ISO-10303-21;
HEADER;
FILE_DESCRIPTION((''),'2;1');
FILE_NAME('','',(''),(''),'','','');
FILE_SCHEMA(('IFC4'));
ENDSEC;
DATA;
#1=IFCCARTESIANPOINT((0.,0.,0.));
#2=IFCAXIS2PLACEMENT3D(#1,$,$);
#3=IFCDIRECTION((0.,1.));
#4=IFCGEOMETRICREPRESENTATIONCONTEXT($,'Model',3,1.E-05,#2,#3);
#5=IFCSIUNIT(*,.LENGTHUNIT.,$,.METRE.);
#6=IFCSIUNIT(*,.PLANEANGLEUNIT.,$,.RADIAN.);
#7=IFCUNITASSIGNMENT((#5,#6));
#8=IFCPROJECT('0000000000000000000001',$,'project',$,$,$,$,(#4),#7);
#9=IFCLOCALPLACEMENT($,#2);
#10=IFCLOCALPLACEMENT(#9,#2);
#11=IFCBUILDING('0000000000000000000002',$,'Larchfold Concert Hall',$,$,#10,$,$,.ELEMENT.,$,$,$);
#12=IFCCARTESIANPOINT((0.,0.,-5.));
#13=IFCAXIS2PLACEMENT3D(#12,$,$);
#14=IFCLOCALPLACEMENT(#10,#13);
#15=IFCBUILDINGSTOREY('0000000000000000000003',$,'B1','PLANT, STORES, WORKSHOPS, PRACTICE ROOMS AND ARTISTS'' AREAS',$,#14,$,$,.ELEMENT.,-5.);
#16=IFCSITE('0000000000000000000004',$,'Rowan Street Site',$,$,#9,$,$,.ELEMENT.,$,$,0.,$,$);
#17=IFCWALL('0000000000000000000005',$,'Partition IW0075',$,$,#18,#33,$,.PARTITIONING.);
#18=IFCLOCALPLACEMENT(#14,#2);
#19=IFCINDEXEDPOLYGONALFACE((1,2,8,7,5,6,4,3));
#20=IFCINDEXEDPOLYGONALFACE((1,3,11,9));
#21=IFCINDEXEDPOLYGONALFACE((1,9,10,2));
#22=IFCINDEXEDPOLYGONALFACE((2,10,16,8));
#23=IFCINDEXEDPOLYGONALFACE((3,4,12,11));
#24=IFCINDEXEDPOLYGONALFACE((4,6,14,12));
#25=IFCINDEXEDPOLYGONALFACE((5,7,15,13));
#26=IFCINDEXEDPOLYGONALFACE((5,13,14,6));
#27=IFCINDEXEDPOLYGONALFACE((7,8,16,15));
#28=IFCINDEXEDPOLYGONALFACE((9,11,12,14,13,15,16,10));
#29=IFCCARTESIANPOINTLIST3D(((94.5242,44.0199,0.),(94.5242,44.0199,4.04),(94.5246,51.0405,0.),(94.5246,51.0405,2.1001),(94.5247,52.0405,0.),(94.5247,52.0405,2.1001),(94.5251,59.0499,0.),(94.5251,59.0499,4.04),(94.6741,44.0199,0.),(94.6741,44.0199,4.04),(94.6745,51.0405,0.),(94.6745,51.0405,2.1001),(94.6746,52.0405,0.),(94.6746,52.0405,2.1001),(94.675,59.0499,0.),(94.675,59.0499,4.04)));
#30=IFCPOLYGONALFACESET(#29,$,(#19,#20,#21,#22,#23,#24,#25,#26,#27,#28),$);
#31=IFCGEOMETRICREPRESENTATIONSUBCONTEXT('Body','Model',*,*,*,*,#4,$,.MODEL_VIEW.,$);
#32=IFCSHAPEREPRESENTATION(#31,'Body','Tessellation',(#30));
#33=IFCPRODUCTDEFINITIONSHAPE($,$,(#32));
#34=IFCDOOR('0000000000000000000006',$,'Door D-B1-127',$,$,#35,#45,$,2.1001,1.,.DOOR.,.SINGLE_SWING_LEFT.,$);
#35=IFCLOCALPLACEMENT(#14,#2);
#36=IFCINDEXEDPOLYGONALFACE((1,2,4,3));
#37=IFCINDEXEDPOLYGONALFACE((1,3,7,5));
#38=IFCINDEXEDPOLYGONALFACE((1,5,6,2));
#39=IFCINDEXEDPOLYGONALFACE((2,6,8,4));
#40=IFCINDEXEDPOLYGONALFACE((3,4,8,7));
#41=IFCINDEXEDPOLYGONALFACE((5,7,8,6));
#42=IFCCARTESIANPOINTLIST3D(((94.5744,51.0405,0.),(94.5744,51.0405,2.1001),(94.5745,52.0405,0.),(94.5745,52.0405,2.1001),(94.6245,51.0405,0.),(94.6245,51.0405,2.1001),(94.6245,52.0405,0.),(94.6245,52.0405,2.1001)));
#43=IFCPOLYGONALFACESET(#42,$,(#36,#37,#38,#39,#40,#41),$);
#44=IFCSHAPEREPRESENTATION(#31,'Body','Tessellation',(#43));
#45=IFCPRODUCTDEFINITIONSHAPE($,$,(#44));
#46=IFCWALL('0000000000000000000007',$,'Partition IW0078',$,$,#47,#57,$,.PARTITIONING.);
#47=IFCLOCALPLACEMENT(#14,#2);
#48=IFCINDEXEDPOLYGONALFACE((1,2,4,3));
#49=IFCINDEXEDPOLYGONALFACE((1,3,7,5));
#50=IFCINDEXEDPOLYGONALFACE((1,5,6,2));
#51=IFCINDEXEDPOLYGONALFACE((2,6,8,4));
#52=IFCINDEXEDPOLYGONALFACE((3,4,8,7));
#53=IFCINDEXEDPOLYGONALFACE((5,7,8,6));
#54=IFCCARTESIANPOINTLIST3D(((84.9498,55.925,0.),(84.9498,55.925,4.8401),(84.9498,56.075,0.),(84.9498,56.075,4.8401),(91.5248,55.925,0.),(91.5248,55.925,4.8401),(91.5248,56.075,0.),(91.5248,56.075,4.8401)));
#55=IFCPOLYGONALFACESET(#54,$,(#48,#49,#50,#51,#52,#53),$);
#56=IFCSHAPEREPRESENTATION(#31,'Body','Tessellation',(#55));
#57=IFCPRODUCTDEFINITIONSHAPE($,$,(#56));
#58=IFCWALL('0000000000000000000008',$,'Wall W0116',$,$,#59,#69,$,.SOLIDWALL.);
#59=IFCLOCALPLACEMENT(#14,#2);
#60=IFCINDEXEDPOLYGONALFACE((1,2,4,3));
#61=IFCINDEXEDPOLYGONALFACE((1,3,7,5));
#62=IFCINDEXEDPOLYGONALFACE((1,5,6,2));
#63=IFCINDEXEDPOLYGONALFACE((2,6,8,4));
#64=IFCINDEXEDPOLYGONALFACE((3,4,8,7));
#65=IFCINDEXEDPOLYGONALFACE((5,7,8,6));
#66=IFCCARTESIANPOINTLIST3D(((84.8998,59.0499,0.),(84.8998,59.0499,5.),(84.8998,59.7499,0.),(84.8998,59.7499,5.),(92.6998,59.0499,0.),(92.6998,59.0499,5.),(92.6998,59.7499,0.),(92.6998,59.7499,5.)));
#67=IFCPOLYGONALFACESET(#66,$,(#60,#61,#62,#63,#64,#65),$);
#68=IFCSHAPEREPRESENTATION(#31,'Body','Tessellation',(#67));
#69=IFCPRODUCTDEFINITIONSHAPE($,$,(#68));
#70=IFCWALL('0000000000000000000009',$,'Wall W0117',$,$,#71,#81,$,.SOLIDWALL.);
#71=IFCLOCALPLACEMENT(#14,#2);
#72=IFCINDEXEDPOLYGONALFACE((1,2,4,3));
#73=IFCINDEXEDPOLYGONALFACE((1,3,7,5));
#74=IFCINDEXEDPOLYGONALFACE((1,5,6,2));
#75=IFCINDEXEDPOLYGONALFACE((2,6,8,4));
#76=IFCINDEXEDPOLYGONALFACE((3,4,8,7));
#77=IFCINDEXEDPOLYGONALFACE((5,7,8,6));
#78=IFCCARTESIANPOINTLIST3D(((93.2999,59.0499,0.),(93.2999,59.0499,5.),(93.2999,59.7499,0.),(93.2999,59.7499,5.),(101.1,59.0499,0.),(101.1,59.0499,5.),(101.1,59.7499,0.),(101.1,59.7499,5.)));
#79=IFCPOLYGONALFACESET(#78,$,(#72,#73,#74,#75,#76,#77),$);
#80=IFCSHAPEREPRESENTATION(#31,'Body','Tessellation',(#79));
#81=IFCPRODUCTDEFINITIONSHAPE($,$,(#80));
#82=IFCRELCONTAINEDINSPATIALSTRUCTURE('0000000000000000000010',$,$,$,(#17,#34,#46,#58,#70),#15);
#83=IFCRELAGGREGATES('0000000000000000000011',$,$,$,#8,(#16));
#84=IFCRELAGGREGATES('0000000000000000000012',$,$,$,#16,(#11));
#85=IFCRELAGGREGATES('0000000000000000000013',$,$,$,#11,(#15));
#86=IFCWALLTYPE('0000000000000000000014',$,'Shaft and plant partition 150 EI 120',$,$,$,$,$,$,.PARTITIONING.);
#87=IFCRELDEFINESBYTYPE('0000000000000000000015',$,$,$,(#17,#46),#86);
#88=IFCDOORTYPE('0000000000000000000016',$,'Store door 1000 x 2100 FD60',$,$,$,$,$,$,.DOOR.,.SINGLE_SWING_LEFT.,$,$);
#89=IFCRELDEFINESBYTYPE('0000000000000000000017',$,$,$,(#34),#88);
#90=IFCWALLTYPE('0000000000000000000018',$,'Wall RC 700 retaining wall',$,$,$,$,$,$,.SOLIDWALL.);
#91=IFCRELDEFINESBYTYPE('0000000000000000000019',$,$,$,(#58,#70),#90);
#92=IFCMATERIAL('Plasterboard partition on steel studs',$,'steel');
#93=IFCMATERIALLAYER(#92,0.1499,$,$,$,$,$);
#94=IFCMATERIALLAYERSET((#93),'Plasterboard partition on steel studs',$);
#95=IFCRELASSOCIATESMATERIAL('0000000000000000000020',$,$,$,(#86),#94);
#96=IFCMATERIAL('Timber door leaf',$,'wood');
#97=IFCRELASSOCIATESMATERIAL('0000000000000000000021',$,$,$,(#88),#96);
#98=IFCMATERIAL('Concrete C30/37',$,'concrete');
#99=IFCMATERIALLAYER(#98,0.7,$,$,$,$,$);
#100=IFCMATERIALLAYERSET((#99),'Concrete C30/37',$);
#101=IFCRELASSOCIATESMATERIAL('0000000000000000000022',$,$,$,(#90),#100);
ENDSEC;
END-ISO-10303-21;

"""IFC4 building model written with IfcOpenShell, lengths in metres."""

from ifc_helpers import new_model, si_unit, direction, frame, frame_2d, origin, place, context, subcontext, project, spatial, rectangle, extrude, material, layer, layer_set, type_object, element, fill, save


model = new_model("IFC4")

# Units and contexts
model_context = context("Model", 3, precision=1e-05, world=origin(), true_north=direction((0.0, 1.0)))
body_context = subcontext(model_context, "Body", "Model", "MODEL_VIEW")
ifc_project = project(units=[si_unit("LENGTHUNIT", "METRE"), si_unit("PLANEANGLEUNIT", "RADIAN")], contexts=[model_context])

# Site, building, storey
site_placement = place(None, origin())
site = spatial("IfcSite", under=ifc_project, at=site_placement, Name="Rowan Street Site", CompositionType="ELEMENT", RefElevation=0.0)
building_placement = place(site_placement, origin())
building = spatial("IfcBuilding", under=site, at=building_placement, Name="Larchfold Concert Hall", CompositionType="ELEMENT")
storey_placement = place(building_placement, frame((0.0, 0.0, -5.0)))
storey = spatial("IfcBuildingStorey", under=building, at=storey_placement, Name="B1", Description="PLANT, STORES, WORKSHOPS, PRACTICE ROOMS AND ARTISTS' AREAS", CompositionType="ELEMENT", Elevation=-5.0)

# Wall, opening, door
ifc_material_1 = material(Name="Plasterboard partition on steel studs", Category="steel")
ifc_layer_1 = layer(ifc_material_1, 0.1499)
ifc_layer_set_1 = layer_set([ifc_layer_1], Name="Plasterboard partition on steel studs")
wall_type_1 = type_object("IfcWallType", Name="Shaft and plant partition 150 EI 120", PredefinedType="PARTITIONING", material=ifc_layer_set_1)
ifc_material_2 = material(Name="Timber door leaf", Category="wood")
door_type = type_object("IfcDoorType", Name="Store door 1000 x 2100 FD60", OperationType="SINGLE_SWING_LEFT", PredefinedType="DOOR", material=ifc_material_2)
wall_1_placement = place(storey_placement, frame((94.6001, 59.05, 0.0), z_axis=(0.0, 0.0, 1.0), x_axis=(-0.000065, -1.0, 0.0)))
wall_1 = element("IfcWall", 1, at=wall_1_placement, inside=storey, type_object=wall_type_1, Name="Partition IW0075", PredefinedType="PARTITIONING", context=body_context, shape_type="SweptSolid", body=[
    extrude(rectangle(XDim=15.03, YDim=0.1499, at=frame_2d((7.5151, 0.0))), origin(), (0.0, 0.0, 1.0), 4.04),
])
opening_1_placement = place(wall_1_placement, frame((7.0095, 0.0, 0.0)))
opening_1 = element("IfcOpeningElement", 2, at=opening_1_placement, cuts=wall_1, PredefinedType="OPENING", context=body_context, shape_type="SweptSolid", body=[
    extrude(rectangle(XDim=1.0, YDim=2.1001, at=frame_2d((0.5, 1.05))), frame((0.0, 0.085, 0.0), z_axis=(0.0, -1.0, 0.0), x_axis=(1.0, 0.0, 0.0)), (0.0, 0.0, 1.0), 0.1699),
])
door_1_placement = place(opening_1_placement, origin())
door_1 = element("IfcDoor", 3, at=door_1_placement, inside=storey, type_object=door_type, Name="Door D-B1-127", OperationType="SINGLE_SWING_LEFT", OverallHeight=2.1001, OverallWidth=1.0, PredefinedType="DOOR", context=body_context, shape_type="SweptSolid", body=[
    extrude(rectangle(XDim=1.0, YDim=2.1001, at=frame_2d((0.5, 1.05))), frame((0.0, 0.0249, 0.0), z_axis=(0.0, -1.0, 0.0), x_axis=(1.0, 0.0, 0.0)), (0.0, 0.0, 1.0), 0.05),
])
fill(opening_1, door_1)

# Walls
wall_2_placement = place(storey_placement, frame((91.5249, 56.0, 0.0), z_axis=(0.0, 0.0, 1.0), x_axis=(-1.0, 0.0, 0.0)))
element("IfcWall", 4, at=wall_2_placement, inside=storey, type_object=wall_type_1, Name="Partition IW0078", PredefinedType="PARTITIONING", context=body_context, shape_type="SweptSolid", body=[
    extrude(rectangle(XDim=6.575, YDim=0.1499, at=frame_2d((3.2876, 0.0))), origin(), (0.0, 0.0, 1.0), 4.8401),
])
ifc_material_3 = material(Name="Concrete C30/37", Category="concrete")
ifc_layer_2 = layer(ifc_material_3, 0.7)
ifc_layer_set_2 = layer_set([ifc_layer_2], Name="Concrete C30/37")
wall_type_2 = type_object("IfcWallType", Name="Wall RC 700 retaining wall", PredefinedType="SOLIDWALL", material=ifc_layer_set_2)
for number, where, z_axis, x_axis, name in (
    (5, (84.8999, 59.3999, 0.0), (0.0, 0.0, 1.0), (1.0, 0.0, 0.0), "Wall W0116"),
    (6, (93.3, 59.3999, 0.0), (0.0, 0.0, 1.0), (1.0, 0.0, 0.0), "Wall W0117"),
):
    element("IfcWall", number, at=place(storey_placement, frame(where, z_axis=z_axis, x_axis=x_axis)), inside=storey, type_object=wall_type_2, Name=name, PredefinedType="SOLIDWALL", context=body_context, shape_type="SweptSolid", body=[
        extrude(rectangle(XDim=7.8, YDim=0.7, at=frame_2d((3.8999, 0.0))), origin(), (0.0, 0.0, 1.0), 5.0),
    ])

save(model, "model.ifc")
